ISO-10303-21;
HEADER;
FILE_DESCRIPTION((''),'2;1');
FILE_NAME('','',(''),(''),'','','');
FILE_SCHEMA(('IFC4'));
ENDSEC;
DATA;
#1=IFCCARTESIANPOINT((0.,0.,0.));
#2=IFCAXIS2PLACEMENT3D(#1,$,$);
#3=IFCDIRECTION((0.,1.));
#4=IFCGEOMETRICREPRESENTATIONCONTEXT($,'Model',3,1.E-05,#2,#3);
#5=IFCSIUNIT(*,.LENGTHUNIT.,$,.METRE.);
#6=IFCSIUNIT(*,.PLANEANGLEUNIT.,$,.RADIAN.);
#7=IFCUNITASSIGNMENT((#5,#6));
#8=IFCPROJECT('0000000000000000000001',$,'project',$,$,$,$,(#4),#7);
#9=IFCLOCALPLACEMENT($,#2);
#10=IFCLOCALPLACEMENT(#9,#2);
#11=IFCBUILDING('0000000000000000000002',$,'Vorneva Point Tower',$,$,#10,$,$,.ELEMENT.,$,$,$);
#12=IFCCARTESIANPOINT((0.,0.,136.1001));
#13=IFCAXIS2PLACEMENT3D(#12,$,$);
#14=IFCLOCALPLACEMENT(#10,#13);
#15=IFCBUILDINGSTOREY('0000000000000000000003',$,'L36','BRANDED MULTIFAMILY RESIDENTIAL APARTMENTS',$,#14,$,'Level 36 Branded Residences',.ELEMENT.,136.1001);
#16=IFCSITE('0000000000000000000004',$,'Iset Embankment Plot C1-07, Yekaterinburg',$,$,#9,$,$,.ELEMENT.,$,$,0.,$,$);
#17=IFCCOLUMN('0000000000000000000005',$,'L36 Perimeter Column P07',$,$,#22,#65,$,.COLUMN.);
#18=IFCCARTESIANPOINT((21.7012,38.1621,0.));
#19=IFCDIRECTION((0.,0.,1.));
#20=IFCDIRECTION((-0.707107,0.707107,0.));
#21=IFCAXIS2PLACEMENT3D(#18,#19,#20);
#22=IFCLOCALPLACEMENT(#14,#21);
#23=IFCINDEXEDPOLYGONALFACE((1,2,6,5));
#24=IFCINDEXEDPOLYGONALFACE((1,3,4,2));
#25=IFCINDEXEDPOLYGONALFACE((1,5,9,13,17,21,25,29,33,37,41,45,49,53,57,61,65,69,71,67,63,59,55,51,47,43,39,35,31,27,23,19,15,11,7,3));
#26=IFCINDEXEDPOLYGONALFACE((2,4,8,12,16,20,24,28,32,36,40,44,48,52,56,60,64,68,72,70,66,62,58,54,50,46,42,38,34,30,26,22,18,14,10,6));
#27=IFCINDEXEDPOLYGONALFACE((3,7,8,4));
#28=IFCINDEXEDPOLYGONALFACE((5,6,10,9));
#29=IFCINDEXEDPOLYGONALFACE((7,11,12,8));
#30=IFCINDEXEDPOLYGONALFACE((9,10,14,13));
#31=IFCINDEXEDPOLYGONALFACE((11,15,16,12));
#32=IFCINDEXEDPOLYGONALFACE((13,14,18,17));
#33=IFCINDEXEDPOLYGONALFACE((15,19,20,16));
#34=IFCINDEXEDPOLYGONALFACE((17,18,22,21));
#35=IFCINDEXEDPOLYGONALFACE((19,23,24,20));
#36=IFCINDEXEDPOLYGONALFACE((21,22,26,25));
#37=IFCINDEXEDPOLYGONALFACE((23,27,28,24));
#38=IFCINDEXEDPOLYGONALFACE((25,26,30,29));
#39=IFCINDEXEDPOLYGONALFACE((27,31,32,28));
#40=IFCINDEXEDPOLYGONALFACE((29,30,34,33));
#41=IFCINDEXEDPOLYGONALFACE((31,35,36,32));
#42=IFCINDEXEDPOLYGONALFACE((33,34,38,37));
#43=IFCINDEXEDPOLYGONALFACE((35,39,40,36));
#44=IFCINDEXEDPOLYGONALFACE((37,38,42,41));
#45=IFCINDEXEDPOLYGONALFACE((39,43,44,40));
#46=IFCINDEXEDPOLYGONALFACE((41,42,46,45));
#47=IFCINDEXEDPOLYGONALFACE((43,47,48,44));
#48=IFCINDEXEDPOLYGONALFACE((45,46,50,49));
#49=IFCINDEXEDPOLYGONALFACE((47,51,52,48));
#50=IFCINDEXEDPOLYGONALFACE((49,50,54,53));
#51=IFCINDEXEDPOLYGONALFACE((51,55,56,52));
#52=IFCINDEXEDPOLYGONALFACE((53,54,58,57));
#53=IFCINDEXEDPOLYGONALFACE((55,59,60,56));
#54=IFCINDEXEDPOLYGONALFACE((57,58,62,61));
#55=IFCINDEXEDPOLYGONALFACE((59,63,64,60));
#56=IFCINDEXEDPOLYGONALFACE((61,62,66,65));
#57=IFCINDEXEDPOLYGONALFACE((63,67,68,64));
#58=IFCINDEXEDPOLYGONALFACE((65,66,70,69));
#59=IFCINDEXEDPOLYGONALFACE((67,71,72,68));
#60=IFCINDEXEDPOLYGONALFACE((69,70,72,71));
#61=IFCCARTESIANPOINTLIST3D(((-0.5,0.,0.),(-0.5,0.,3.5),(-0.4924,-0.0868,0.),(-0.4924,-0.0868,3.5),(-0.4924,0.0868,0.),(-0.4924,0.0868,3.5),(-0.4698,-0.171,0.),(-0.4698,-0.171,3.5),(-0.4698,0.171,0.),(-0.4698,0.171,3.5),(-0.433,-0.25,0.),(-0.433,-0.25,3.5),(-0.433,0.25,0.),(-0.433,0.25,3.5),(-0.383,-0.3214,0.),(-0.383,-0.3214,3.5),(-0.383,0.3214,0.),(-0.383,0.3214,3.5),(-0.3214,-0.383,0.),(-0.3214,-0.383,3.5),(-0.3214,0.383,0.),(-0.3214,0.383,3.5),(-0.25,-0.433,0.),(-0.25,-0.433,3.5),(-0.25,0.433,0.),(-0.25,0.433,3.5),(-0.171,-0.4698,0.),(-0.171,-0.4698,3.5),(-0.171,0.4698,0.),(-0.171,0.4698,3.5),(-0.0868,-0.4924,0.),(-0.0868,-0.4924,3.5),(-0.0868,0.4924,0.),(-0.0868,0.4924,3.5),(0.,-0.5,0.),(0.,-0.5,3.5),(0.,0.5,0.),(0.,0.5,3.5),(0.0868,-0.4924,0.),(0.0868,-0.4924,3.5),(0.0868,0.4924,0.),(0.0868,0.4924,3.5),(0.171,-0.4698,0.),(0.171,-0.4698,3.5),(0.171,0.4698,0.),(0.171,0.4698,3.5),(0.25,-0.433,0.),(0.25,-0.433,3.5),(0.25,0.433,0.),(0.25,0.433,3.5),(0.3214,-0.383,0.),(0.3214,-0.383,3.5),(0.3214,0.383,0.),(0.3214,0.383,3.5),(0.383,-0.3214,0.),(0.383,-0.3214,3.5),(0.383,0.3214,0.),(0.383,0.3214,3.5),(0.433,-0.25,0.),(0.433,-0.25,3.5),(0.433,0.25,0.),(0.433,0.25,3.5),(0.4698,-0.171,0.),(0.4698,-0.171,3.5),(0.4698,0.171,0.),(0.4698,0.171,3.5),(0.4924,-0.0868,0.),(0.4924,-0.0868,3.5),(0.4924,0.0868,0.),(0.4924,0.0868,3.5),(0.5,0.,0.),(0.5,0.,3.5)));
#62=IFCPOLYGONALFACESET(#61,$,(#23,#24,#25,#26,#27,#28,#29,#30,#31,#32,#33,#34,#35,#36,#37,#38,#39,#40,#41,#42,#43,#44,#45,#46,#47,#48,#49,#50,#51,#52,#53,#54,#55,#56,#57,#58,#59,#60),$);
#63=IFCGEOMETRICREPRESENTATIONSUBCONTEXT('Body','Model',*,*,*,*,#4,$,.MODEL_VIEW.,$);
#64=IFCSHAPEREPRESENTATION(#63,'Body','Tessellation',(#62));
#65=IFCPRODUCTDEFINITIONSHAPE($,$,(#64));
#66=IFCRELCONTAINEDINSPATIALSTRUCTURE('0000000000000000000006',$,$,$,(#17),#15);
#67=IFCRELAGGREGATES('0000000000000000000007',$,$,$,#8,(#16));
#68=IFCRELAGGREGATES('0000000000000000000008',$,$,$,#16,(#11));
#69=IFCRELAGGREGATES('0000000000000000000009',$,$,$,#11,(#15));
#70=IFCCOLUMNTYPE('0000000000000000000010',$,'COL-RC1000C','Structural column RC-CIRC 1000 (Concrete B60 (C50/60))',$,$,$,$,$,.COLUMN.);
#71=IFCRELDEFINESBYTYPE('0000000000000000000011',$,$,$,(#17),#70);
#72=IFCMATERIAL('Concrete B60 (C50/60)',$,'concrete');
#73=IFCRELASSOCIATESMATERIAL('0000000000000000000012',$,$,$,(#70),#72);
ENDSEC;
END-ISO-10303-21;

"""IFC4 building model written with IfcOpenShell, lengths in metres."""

from ifc_helpers import new_model, si_unit, direction, frame, origin, origin_2d, place, context, subcontext, project, spatial, circle, extrude, material, material_profile, profile_set, type_object, element, save


model = new_model("IFC4")

# Units and contexts
model_context = context("Model", 3, precision=1e-05, world=origin(), true_north=direction((0.0, 1.0)))
body_context = subcontext(model_context, "Body", "Model", "MODEL_VIEW")
ifc_project = project(units=[si_unit("LENGTHUNIT", "METRE"), si_unit("PLANEANGLEUNIT", "RADIAN")], contexts=[model_context])

# Site, building, storey
site_placement = place(None, origin())
site = spatial("IfcSite", under=ifc_project, at=site_placement, Name="Iset Embankment Plot C1-07, Yekaterinburg", CompositionType="ELEMENT", RefElevation=0.0)
building_placement = place(site_placement, origin())
building = spatial("IfcBuilding", under=site, at=building_placement, Name="Vorneva Point Tower", CompositionType="ELEMENT")
storey_placement = place(building_placement, frame((0.0, 0.0, 136.1001)))
storey = spatial("IfcBuildingStorey", under=building, at=storey_placement, Name="L36", Description="BRANDED MULTIFAMILY RESIDENTIAL APARTMENTS", LongName="Level 36 Branded Residences", CompositionType="ELEMENT", Elevation=136.1001)

# Column
ifc_material_1 = material(Name="Concrete B60 (C50/60)", Category="concrete")
ifc_material_profile_1 = material_profile(ifc_material_1, circle(Radius=0.5, at=origin_2d()), Name="RC-CIRC 1000")
ifc_profile_set_1 = profile_set([ifc_material_profile_1], Name="Concrete B60 (C50/60)")
column_type = type_object("IfcColumnType", Name="COL-RC1000C", Description="Structural column RC-CIRC 1000 (Concrete B60 (C50/60))", PredefinedType="COLUMN", material=ifc_profile_set_1)
for number, where, z_axis, x_axis, name in (
    (1, (21.7012, 38.1621, 0.0), (0.0, 0.0, 1.0), (-0.707107, 0.707107, 0.0), "L36 Perimeter Column P07"),
):
    element("IfcColumn", number, at=place(storey_placement, frame(where, z_axis=z_axis, x_axis=x_axis)), inside=storey, type_object=column_type, Name=name, PredefinedType="COLUMN", context=body_context, shape_type="SweptSolid", body=[
        extrude(circle(Radius=0.5, at=origin_2d()), origin(), (0.0, 0.0, 1.0), 3.5),
    ])

save(model, "model.ifc")
